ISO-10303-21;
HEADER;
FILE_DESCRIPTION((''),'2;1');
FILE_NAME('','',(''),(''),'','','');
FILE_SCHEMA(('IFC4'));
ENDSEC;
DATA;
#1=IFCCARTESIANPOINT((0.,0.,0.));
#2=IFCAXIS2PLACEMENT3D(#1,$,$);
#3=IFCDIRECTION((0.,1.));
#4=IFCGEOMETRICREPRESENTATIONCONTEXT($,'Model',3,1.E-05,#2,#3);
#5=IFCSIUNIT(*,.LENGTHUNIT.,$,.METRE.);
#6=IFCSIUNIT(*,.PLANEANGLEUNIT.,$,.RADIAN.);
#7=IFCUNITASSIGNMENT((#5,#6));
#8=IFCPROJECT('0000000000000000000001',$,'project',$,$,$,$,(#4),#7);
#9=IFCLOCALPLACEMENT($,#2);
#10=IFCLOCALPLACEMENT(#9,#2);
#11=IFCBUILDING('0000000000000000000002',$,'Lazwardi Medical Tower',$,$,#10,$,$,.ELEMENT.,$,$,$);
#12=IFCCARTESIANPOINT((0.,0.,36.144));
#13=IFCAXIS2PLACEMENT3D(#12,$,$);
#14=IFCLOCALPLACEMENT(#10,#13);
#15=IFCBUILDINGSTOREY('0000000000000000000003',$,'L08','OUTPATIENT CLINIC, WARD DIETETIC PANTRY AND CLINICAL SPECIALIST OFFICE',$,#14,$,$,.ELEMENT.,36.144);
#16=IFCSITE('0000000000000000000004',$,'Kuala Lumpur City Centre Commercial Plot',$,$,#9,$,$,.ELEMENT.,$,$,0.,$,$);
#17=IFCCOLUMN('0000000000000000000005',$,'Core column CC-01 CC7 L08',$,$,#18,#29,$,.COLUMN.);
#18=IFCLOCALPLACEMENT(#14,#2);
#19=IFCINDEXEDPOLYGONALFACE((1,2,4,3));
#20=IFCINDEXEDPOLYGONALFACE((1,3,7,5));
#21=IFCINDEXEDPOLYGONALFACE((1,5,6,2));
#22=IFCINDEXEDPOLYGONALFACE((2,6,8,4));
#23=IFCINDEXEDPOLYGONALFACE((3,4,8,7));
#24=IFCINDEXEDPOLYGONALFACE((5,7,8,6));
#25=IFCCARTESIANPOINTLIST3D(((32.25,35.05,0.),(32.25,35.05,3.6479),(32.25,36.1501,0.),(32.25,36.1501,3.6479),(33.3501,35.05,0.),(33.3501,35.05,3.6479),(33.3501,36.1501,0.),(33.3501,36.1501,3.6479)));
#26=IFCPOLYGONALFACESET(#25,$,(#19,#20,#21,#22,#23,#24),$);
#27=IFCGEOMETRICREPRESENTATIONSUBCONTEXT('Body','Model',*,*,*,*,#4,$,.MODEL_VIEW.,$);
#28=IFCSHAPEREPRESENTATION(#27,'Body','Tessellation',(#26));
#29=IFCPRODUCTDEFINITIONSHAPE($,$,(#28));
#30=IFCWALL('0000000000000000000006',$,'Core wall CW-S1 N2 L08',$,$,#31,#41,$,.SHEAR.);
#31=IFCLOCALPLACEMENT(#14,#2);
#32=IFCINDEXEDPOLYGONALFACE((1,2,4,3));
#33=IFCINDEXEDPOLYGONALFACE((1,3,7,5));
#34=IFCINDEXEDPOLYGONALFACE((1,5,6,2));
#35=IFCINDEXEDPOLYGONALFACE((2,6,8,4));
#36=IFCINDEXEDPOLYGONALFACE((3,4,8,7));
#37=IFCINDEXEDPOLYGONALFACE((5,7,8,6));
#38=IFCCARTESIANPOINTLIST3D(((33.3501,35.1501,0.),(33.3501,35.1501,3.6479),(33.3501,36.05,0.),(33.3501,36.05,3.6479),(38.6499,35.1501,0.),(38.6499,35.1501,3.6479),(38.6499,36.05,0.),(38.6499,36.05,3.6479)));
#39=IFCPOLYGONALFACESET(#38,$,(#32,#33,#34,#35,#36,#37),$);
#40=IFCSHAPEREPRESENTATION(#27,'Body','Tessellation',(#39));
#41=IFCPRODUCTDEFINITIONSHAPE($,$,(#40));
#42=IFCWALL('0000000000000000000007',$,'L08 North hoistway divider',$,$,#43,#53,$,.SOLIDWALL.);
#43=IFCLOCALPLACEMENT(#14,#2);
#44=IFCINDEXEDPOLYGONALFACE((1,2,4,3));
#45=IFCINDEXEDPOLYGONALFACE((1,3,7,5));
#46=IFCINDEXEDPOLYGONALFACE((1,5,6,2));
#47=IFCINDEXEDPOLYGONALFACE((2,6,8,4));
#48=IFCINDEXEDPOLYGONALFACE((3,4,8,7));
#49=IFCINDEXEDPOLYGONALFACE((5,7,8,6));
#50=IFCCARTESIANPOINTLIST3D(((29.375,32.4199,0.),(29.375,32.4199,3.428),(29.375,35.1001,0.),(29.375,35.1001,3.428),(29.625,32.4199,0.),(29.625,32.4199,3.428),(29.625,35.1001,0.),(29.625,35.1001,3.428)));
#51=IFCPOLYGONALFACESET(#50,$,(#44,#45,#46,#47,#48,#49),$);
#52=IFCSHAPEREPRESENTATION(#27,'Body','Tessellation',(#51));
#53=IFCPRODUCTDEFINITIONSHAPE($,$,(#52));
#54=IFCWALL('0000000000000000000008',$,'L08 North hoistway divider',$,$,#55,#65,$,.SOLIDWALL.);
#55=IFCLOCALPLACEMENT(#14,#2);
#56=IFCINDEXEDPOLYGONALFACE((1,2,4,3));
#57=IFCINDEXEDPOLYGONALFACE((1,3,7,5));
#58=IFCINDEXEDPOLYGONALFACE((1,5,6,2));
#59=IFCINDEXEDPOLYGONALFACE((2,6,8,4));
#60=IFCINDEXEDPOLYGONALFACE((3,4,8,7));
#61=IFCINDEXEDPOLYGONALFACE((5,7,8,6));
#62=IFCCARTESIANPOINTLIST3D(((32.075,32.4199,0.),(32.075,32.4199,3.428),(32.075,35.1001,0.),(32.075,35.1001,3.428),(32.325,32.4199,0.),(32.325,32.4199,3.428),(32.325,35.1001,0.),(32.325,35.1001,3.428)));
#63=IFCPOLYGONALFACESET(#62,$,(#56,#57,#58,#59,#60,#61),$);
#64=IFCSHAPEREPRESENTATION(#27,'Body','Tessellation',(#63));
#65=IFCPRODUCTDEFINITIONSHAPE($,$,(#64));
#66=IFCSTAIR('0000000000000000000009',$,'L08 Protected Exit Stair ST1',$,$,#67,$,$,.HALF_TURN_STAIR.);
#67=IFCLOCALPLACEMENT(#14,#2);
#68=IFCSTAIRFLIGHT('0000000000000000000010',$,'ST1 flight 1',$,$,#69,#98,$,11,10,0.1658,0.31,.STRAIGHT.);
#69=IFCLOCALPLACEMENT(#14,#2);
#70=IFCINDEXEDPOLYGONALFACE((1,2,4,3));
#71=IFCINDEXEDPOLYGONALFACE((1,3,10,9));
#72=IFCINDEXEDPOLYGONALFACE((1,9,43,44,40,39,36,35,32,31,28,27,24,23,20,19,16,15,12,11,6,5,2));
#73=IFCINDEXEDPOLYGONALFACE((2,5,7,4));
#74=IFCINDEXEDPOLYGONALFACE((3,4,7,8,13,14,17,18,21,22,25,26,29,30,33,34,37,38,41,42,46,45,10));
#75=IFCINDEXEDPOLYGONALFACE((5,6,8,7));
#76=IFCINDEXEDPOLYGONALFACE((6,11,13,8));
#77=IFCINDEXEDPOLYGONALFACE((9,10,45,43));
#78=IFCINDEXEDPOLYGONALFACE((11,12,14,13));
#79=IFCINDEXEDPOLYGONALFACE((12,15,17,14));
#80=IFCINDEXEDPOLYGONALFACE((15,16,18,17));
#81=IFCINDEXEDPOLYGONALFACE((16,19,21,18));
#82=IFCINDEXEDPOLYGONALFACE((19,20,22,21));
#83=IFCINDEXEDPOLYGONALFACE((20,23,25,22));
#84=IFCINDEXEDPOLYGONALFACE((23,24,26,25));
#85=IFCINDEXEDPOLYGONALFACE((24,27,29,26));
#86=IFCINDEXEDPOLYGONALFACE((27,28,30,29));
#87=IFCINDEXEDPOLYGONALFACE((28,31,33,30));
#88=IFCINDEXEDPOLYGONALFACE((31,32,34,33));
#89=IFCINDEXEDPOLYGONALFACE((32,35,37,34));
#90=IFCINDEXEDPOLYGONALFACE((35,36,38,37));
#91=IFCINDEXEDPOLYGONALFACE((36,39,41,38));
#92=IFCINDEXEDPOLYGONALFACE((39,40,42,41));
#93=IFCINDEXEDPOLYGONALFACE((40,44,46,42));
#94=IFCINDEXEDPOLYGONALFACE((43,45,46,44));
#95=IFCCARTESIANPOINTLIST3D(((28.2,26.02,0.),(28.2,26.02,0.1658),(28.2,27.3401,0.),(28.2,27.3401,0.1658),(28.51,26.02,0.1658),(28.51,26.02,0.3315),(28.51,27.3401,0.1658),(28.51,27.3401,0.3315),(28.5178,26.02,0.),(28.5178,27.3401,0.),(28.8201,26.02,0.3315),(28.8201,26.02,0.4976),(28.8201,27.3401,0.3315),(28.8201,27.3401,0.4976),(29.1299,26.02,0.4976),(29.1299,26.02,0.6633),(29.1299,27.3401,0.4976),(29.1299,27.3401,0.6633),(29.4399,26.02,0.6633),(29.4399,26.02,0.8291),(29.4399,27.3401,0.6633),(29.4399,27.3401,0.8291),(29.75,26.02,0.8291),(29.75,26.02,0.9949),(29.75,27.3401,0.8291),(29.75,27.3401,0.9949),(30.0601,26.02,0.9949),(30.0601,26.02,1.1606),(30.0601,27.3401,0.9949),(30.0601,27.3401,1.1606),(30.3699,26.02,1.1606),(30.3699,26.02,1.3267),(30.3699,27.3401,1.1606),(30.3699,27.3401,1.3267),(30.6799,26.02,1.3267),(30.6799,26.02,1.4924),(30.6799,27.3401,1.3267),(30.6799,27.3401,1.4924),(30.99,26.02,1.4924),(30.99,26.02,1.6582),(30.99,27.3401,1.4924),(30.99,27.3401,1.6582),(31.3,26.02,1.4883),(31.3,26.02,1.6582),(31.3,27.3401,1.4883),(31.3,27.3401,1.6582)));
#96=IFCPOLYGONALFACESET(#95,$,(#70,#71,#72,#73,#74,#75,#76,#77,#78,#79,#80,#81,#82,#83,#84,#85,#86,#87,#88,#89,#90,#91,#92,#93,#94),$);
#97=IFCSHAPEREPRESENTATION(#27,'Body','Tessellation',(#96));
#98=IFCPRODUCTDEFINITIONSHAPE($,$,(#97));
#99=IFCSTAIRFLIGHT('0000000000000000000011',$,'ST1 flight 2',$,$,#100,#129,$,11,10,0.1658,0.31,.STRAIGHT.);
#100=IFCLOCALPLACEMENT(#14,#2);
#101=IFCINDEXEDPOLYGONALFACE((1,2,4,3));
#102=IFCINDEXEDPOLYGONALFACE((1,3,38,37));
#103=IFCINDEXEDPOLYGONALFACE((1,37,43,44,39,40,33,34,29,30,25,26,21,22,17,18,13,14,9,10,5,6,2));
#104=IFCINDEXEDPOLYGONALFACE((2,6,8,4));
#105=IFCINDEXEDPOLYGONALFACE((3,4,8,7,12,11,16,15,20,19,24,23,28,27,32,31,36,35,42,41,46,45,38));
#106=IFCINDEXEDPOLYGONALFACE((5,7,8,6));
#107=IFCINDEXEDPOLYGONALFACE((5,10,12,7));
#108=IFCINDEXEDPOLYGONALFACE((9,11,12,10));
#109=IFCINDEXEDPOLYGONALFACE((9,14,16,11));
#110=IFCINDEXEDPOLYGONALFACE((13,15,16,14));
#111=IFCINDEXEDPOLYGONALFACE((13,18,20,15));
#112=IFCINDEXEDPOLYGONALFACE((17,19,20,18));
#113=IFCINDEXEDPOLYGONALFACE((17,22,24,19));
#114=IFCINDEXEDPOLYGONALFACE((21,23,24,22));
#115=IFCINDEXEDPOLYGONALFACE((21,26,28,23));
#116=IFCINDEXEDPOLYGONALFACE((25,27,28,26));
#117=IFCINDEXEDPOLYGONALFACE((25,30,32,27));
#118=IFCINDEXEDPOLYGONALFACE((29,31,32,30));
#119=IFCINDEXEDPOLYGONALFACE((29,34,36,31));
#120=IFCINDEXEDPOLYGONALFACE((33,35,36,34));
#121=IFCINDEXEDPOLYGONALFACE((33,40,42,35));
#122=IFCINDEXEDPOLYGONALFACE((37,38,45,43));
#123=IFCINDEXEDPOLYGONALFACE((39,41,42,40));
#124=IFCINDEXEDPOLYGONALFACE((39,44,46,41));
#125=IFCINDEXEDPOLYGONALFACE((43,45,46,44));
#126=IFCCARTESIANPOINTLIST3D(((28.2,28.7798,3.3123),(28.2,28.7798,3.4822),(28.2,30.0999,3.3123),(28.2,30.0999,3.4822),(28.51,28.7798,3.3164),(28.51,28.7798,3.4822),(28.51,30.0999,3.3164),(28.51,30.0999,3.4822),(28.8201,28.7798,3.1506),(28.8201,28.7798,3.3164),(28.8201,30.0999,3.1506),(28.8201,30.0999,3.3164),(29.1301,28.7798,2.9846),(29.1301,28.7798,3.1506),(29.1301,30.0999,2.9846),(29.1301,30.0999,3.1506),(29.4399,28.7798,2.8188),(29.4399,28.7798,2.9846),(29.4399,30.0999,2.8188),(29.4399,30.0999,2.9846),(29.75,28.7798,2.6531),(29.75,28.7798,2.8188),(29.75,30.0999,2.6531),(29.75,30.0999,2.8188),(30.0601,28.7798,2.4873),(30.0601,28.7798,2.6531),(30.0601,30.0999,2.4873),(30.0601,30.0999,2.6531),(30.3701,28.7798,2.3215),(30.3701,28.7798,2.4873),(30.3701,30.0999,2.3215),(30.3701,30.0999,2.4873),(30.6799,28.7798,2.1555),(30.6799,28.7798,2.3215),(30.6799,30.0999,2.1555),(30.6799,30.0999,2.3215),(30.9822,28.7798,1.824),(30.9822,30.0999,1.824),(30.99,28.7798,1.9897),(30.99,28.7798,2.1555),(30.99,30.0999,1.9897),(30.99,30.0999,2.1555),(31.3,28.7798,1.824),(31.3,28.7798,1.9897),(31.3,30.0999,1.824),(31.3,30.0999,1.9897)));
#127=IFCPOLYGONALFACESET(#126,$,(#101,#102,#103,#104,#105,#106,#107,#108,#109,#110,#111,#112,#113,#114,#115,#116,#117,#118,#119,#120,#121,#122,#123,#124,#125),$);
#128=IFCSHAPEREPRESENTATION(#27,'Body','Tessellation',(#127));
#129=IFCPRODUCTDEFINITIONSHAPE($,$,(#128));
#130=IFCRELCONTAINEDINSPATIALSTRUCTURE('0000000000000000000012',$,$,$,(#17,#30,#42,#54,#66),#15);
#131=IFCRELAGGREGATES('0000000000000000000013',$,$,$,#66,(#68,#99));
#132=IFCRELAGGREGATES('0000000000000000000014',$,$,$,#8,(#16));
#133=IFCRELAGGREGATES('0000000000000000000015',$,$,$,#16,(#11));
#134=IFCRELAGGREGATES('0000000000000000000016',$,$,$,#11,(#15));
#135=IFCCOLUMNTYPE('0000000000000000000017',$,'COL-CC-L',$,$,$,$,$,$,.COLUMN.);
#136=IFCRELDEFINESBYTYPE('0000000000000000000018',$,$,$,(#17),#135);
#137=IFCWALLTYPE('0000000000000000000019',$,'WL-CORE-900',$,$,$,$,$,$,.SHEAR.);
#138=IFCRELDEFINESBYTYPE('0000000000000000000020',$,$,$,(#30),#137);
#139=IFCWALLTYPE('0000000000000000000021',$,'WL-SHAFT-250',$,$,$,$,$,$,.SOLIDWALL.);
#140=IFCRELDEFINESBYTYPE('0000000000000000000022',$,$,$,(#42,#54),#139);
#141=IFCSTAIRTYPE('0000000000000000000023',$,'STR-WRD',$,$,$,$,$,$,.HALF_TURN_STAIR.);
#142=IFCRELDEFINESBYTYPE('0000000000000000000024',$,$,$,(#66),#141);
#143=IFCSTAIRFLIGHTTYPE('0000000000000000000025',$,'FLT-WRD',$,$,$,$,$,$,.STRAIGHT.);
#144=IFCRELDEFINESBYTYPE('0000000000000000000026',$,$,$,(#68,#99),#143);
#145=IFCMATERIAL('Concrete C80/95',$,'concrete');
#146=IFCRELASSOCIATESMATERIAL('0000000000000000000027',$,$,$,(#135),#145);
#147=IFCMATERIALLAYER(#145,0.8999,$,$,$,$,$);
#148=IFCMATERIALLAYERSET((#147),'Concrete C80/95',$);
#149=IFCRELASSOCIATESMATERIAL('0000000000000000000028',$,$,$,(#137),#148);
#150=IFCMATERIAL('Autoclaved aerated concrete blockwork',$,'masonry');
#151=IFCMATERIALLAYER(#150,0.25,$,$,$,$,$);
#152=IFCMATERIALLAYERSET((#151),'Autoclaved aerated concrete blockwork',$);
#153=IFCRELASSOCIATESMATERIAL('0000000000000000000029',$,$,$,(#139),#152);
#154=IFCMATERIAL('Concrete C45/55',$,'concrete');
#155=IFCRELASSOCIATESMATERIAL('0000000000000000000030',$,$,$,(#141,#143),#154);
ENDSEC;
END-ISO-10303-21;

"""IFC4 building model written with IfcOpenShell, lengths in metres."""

from ifc_helpers import new_model, si_unit, direction, frame, frame_2d, origin, origin_2d, place, context, subcontext, project, spatial, polyline, rectangle, outline, extrude, material, layer, layer_set, material_profile, profile_set, type_object, element, aggregate, save


model = new_model("IFC4")

# Units and contexts
model_context = context("Model", 3, precision=1e-05, world=origin(), true_north=direction((0.0, 1.0)))
body_context = subcontext(model_context, "Body", "Model", "MODEL_VIEW")
ifc_project = project(units=[si_unit("LENGTHUNIT", "METRE"), si_unit("PLANEANGLEUNIT", "RADIAN")], contexts=[model_context])

# Site, building, storey
site_placement = place(None, origin())
site = spatial("IfcSite", under=ifc_project, at=site_placement, Name="Kuala Lumpur City Centre Commercial Plot", CompositionType="ELEMENT", RefElevation=0.0)
building_placement = place(site_placement, origin())
building = spatial("IfcBuilding", under=site, at=building_placement, Name="Lazwardi Medical Tower", CompositionType="ELEMENT")
storey_placement = place(building_placement, frame((0.0, 0.0, 36.144)))
storey = spatial("IfcBuildingStorey", under=building, at=storey_placement, Name="L08", Description="OUTPATIENT CLINIC, WARD DIETETIC PANTRY AND CLINICAL SPECIALIST OFFICE", CompositionType="ELEMENT", Elevation=36.144)

# Column
ifc_material_1 = material(Name="Concrete C80/95", Category="concrete")
ifc_material_profile = material_profile(ifc_material_1, rectangle(XDim=1.1001, YDim=1.1001, at=origin_2d()), Name="RC 1100x1100")
ifc_profile_set = profile_set([ifc_material_profile], Name="Concrete C80/95")
column_type = type_object("IfcColumnType", Name="COL-CC-L", PredefinedType="COLUMN", material=ifc_profile_set)
column_placement = place(storey_placement, frame((32.8, 35.6001, 0.0), z_axis=(0.0, 0.0, 1.0), x_axis=(1.0, 0.0, 0.0)))
element("IfcColumn", 1, at=column_placement, inside=storey, type_object=column_type, Name="Core column CC-01 CC7 L08", PredefinedType="COLUMN", context=body_context, shape_type="SweptSolid", body=[
    extrude(rectangle(XDim=1.1001, YDim=1.1001, at=origin_2d()), origin(), (0.0, 0.0, 1.0), 3.6479),
])

# Walls
ifc_layer_1 = layer(ifc_material_1, 0.8999)
ifc_layer_set_1 = layer_set([ifc_layer_1], Name="Concrete C80/95")
wall_type_1 = type_object("IfcWallType", Name="WL-CORE-900", PredefinedType="SHEAR", material=ifc_layer_set_1)
wall_1_placement = place(storey_placement, frame((33.3501, 35.6001, 0.0), z_axis=(0.0, 0.0, 1.0), x_axis=(1.0, 0.0, 0.0)))
element("IfcWall", 2, at=wall_1_placement, inside=storey, type_object=wall_type_1, Name="Core wall CW-S1 N2 L08", PredefinedType="SHEAR", context=body_context, shape_type="SweptSolid", body=[
    extrude(rectangle(XDim=5.2998, YDim=0.8999, at=frame_2d((2.6499, 0.0))), origin(), (0.0, 0.0, 1.0), 3.6479),
])
ifc_material_2 = material(Name="Autoclaved aerated concrete blockwork", Category="masonry")
ifc_layer_2 = layer(ifc_material_2, 0.25)
ifc_layer_set_2 = layer_set([ifc_layer_2], Name="Autoclaved aerated concrete blockwork")
wall_type_2 = type_object("IfcWallType", Name="WL-SHAFT-250", PredefinedType="SOLIDWALL", material=ifc_layer_set_2)
for number, where, z_axis, x_axis, name in (
    (3, (29.5, 32.4199, 0.0), (0.0, 0.0, 1.0), (0.0, 1.0, 0.0), "L08 North hoistway divider"),
    (4, (32.2, 32.4199, 0.0), (0.0, 0.0, 1.0), (0.0, 1.0, 0.0), "L08 North hoistway divider"),
):
    element("IfcWall", number, at=place(storey_placement, frame(where, z_axis=z_axis, x_axis=x_axis)), inside=storey, type_object=wall_type_2, Name=name, PredefinedType="SOLIDWALL", context=body_context, shape_type="SweptSolid", body=[
        extrude(rectangle(XDim=2.6802, YDim=0.25, at=frame_2d((1.3401, 0.0))), origin(), (0.0, 0.0, 1.0), 3.428),
    ])

# Stair, stair flights
ifc_material_3 = material(Name="Concrete C45/55", Category="concrete")
stair_type = type_object("IfcStairType", Name="STR-WRD", PredefinedType="HALF_TURN_STAIR", material=ifc_material_3)
stair_placement = place(storey_placement, origin())
stair = element("IfcStair", 5, at=stair_placement, inside=storey, type_object=stair_type, Name="L08 Protected Exit Stair ST1", PredefinedType="HALF_TURN_STAIR")
stair_flight_type = type_object("IfcStairFlightType", Name="FLT-WRD", PredefinedType="STRAIGHT", material=ifc_material_3)
stair_flight_1_placement = place(storey_placement, frame((28.2, 26.6799, 0.0), z_axis=(0.0, 0.0, 1.0), x_axis=(1.0, 0.0, 0.0)))
stair_flight_1 = element("IfcStairFlight", 6, at=stair_flight_1_placement, type_object=stair_flight_type, Name="ST1 flight 1", NumberOfRisers=11, NumberOfTreads=10, PredefinedType="STRAIGHT", RiserHeight=0.1658, TreadLength=0.31, context=body_context, shape_type="SweptSolid", body=[
    extrude(outline(polyline([(0.0, 0.0), (0.0, 0.1658), (0.3101, 0.1658), (0.3101, 0.3315), (0.6201, 0.3315), (0.6201, 0.4976), (0.9299, 0.4976), (0.9299, 0.6633), (1.24, 0.6633), (1.24, 0.8291), (1.55, 0.8291), (1.55, 0.9949), (1.8601, 0.9949), (1.8601, 1.1606), (2.1699, 1.1606), (2.1699, 1.3267), (2.48, 1.3267), (2.48, 1.4924), (2.79, 1.4924), (2.79, 1.6582), (3.1001, 1.6582), (3.1001, 1.824), (3.1001, 1.4883), (0.3179, 0.0), (0.0, 0.0)])), frame((0.0, 0.6602, 0.0), z_axis=(0.0, -1.0, 0.0), x_axis=(1.0, 0.0, 0.0)), (0.0, 0.0, 1.0), 1.3201),
])
stair_flight_2_placement = place(storey_placement, frame((31.3, 29.4399, 1.824), z_axis=(0.0, 0.0, 1.0), x_axis=(-1.0, 0.0, 0.0)))
stair_flight_2 = element("IfcStairFlight", 7, at=stair_flight_2_placement, type_object=stair_flight_type, Name="ST1 flight 2", NumberOfRisers=11, NumberOfTreads=10, PredefinedType="STRAIGHT", RiserHeight=0.1658, TreadLength=0.31, context=body_context, shape_type="SweptSolid", body=[
    extrude(outline(polyline([(0.0, 0.0), (0.0, 0.1658), (0.3101, 0.1658), (0.3101, 0.3315), (0.6201, 0.3315), (0.6201, 0.4976), (0.9299, 0.4976), (0.9299, 0.6633), (1.24, 0.6633), (1.24, 0.8291), (1.55, 0.8291), (1.55, 0.9949), (1.8601, 0.9949), (1.8601, 1.1606), (2.1699, 1.1606), (2.1699, 1.3267), (2.48, 1.3267), (2.48, 1.4924), (2.79, 1.4924), (2.79, 1.6582), (3.1001, 1.6582), (3.1001, 1.824), (3.1001, 1.4883), (0.3179, 0.0), (0.0, 0.0)])), frame((0.0, 0.6602, 0.0), z_axis=(0.0, -1.0, 0.0), x_axis=(1.0, 0.0, 0.0)), (0.0, 0.0, 1.0), 1.3201),
])
aggregate(stair, [stair_flight_1, stair_flight_2])

save(model, "model.ifc")
